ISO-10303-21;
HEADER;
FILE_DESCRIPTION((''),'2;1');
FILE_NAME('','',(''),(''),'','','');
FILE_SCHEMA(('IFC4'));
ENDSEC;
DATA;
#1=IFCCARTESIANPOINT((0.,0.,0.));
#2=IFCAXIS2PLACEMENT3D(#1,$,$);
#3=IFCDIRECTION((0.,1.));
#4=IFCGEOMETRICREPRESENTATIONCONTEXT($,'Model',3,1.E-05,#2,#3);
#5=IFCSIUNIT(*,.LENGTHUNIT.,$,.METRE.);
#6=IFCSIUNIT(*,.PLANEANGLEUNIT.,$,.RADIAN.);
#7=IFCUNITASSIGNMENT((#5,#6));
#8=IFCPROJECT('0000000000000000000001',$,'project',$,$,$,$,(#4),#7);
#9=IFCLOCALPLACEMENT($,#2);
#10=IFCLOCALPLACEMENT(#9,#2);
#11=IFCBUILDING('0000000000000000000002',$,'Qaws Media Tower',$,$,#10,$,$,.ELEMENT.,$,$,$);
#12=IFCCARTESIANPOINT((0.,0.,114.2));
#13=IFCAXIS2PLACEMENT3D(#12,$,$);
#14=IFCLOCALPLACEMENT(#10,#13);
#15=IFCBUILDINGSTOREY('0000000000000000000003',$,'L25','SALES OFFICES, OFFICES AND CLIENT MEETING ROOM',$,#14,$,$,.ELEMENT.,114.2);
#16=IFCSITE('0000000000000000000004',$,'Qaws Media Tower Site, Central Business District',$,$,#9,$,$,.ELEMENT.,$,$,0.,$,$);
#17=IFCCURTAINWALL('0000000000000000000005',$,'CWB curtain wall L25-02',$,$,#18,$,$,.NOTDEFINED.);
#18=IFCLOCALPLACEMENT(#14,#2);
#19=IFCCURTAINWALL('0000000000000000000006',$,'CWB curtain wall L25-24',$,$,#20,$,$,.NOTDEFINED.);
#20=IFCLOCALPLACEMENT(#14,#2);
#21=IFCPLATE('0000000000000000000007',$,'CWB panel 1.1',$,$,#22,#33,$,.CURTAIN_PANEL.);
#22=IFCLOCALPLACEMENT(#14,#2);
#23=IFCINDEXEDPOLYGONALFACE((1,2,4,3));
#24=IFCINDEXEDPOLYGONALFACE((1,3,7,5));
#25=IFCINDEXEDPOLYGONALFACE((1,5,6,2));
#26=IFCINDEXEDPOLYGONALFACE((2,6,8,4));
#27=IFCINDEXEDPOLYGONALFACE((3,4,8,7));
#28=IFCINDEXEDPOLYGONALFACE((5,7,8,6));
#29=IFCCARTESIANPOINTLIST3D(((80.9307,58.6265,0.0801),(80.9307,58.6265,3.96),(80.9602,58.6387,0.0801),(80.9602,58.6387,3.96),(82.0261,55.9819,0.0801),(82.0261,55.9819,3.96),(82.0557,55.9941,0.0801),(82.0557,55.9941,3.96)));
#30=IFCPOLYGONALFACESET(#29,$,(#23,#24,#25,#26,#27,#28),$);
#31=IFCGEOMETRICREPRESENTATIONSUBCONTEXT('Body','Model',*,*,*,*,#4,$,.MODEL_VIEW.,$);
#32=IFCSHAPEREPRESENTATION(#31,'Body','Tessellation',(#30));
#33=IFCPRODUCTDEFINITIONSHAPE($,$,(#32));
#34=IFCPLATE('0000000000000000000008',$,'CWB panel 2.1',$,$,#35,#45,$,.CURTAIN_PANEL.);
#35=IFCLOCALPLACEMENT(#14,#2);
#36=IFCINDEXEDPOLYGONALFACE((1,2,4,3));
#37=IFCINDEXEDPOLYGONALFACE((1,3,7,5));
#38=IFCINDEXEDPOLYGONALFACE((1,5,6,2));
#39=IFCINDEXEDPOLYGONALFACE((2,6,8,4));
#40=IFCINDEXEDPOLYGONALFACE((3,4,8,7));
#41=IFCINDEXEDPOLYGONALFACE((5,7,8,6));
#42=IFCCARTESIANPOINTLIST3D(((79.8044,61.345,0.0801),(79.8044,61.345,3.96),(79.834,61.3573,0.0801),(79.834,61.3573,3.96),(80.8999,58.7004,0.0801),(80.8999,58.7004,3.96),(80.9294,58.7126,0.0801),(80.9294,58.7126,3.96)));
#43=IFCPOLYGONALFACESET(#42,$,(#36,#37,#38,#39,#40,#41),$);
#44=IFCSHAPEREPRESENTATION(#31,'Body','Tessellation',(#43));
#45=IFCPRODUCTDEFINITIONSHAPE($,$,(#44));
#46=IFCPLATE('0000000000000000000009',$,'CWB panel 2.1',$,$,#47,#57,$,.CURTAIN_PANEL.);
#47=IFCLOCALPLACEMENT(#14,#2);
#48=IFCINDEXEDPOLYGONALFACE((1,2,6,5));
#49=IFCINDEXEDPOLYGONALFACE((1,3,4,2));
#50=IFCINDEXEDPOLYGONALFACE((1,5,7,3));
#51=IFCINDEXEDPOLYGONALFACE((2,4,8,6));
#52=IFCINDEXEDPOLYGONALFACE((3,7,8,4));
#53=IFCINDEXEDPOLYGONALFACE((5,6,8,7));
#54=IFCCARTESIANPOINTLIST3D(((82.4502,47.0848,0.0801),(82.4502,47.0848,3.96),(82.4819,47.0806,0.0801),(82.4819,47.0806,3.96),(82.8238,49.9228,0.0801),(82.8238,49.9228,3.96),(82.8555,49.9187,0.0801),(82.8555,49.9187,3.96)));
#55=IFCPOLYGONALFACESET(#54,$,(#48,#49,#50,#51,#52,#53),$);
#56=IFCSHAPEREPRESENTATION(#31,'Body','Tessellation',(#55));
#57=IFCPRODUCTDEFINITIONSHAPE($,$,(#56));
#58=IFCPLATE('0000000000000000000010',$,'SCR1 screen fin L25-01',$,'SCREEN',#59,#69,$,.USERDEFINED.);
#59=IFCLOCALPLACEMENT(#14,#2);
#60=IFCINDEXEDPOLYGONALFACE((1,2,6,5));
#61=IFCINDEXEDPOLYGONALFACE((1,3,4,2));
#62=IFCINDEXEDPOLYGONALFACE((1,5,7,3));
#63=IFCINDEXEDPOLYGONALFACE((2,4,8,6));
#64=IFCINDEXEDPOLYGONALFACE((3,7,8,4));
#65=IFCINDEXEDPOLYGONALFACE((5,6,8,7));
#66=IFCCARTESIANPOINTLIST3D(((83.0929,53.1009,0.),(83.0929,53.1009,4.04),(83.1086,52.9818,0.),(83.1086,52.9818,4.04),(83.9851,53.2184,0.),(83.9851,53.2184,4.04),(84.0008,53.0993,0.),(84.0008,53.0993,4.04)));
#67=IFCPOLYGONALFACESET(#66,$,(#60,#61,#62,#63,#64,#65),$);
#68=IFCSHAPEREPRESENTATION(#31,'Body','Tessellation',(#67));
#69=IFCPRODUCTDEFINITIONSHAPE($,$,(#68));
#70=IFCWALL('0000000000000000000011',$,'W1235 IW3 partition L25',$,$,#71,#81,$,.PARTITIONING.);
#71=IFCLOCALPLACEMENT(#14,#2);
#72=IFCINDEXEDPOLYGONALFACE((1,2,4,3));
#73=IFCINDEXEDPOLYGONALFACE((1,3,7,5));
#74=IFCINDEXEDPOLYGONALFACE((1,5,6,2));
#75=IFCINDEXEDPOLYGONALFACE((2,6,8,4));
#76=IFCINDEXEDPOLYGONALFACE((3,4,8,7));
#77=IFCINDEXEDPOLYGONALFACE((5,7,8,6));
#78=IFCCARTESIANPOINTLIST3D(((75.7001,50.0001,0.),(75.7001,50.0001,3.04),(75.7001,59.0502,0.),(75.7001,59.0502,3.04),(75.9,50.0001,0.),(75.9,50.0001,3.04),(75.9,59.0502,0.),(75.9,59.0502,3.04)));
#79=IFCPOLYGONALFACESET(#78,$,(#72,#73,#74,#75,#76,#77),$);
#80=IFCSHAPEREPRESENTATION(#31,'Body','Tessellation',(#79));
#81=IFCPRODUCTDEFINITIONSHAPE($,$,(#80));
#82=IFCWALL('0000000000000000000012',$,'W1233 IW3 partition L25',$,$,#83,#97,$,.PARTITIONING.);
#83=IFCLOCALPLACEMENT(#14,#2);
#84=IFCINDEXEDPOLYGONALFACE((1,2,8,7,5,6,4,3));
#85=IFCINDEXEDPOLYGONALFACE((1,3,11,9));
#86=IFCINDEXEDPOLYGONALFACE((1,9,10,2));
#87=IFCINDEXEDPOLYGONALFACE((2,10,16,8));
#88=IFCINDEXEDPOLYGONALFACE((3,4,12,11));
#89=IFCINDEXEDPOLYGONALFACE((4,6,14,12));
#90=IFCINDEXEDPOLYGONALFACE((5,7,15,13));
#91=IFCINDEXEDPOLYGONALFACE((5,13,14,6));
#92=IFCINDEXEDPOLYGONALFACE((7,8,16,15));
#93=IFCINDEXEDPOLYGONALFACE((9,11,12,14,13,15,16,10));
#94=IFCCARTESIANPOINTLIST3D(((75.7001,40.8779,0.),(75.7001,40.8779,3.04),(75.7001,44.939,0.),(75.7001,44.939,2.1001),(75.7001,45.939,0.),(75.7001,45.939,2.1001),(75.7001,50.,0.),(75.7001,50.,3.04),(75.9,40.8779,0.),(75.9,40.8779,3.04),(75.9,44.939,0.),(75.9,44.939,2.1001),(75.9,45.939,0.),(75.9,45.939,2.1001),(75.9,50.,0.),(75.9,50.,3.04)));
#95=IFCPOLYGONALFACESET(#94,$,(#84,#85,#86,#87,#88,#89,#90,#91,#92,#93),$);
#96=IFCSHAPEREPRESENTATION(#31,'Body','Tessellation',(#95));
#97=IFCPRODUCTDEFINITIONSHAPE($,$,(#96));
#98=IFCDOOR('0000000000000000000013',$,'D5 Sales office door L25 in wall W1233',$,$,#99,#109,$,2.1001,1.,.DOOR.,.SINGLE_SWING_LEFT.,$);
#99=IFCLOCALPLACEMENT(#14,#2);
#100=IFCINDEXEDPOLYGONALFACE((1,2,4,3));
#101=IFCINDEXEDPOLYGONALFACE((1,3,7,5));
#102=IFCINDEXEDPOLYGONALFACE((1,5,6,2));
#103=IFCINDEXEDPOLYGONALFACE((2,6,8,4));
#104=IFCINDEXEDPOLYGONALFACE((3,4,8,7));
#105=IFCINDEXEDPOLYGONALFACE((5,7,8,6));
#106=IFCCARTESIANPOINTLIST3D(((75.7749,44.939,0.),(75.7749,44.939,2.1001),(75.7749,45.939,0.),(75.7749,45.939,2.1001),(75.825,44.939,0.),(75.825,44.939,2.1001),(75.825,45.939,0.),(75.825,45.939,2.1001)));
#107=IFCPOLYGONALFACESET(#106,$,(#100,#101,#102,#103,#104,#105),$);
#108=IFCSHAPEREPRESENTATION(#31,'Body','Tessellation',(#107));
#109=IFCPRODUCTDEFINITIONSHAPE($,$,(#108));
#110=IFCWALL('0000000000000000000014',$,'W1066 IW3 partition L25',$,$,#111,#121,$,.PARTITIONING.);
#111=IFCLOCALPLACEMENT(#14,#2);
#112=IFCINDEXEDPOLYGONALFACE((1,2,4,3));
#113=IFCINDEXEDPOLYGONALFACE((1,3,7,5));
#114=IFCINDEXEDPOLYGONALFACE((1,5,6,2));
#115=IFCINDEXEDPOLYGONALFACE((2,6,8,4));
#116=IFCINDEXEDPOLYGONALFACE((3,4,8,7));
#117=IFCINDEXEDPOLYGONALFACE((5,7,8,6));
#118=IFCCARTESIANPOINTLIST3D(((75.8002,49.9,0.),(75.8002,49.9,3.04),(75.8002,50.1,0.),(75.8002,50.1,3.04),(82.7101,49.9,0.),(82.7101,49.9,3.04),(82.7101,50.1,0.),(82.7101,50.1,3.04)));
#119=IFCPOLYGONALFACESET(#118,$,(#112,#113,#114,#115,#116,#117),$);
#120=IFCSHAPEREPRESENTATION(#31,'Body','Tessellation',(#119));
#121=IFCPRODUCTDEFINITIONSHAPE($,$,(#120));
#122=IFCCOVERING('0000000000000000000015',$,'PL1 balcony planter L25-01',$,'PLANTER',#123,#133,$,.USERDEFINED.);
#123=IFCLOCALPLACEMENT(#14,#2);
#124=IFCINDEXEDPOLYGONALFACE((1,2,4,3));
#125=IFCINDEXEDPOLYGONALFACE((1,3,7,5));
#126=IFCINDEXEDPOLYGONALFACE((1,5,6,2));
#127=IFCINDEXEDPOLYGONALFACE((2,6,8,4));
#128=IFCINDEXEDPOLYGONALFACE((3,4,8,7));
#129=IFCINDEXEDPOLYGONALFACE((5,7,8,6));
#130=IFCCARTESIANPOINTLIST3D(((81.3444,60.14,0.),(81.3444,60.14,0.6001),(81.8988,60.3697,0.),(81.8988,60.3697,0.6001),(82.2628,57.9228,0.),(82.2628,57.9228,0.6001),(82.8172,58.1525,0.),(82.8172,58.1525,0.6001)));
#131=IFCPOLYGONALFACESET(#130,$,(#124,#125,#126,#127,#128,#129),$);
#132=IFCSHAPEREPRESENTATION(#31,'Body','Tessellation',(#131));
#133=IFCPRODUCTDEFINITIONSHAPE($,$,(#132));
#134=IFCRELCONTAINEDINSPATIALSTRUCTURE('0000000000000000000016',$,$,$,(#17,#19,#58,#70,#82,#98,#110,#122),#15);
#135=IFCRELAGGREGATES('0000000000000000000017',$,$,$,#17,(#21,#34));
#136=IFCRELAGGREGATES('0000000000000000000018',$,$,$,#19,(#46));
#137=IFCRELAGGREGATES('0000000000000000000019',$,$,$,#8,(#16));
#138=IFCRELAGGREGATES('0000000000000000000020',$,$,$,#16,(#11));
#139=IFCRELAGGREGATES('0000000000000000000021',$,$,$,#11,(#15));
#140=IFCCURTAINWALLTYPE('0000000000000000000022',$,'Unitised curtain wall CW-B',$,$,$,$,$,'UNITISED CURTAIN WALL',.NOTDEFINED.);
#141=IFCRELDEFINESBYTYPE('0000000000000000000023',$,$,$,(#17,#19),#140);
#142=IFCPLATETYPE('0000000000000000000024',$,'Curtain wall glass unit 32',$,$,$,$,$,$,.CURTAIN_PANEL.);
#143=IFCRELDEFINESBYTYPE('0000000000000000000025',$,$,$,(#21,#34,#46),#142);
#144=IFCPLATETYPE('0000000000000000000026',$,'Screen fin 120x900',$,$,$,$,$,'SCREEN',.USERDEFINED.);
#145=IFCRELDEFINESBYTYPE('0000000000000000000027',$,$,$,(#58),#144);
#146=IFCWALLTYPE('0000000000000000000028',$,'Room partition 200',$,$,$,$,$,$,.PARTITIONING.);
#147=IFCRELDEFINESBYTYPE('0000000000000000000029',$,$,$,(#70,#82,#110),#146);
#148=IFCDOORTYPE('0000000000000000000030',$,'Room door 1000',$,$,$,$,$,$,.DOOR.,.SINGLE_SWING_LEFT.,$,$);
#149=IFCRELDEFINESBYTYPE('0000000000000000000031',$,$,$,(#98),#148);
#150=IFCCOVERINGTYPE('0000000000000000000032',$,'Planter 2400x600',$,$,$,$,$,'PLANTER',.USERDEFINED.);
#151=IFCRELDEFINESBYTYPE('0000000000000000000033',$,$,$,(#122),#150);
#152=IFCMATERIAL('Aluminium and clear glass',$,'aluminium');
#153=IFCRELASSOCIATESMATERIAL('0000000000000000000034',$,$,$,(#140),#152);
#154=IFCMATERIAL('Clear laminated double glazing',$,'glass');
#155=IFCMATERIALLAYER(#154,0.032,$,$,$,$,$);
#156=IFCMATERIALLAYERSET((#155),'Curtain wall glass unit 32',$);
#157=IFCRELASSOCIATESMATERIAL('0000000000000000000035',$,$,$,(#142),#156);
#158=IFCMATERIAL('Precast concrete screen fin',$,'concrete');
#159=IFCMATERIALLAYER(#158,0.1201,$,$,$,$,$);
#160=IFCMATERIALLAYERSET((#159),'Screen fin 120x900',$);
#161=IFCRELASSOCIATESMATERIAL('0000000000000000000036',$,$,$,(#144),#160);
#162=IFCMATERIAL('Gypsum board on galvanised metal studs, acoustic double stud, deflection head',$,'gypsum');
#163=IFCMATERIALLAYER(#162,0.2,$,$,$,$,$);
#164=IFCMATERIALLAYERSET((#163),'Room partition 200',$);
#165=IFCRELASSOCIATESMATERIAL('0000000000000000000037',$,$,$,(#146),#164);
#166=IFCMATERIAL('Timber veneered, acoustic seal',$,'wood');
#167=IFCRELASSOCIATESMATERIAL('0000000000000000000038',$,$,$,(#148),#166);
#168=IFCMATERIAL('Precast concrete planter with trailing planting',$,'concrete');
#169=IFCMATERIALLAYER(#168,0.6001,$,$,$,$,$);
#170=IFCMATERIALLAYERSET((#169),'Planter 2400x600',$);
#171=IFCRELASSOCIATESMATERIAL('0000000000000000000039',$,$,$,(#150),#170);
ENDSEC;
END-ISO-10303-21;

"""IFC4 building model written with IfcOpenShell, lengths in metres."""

from ifc_helpers import new_model, si_unit, direction, frame, frame_2d, origin, origin_2d, place, context, subcontext, project, spatial, rectangle, extrude, material, layer, layer_set, type_object, element, fill, aggregate, save


model = new_model("IFC4")

# Units and contexts
model_context = context("Model", 3, precision=1e-05, world=origin(), true_north=direction((0.0, 1.0)))
body_context = subcontext(model_context, "Body", "Model", "MODEL_VIEW")
ifc_project = project(units=[si_unit("LENGTHUNIT", "METRE"), si_unit("PLANEANGLEUNIT", "RADIAN")], contexts=[model_context])

# Site, building, storey
site_placement = place(None, origin())
site = spatial("IfcSite", under=ifc_project, at=site_placement, Name="Qaws Media Tower Site, Central Business District", CompositionType="ELEMENT", RefElevation=0.0)
building_placement = place(site_placement, origin())
building = spatial("IfcBuilding", under=site, at=building_placement, Name="Qaws Media Tower", CompositionType="ELEMENT")
storey_placement = place(building_placement, frame((0.0, 0.0, 114.2)))
storey = spatial("IfcBuildingStorey", under=building, at=storey_placement, Name="L25", Description="SALES OFFICES, OFFICES AND CLIENT MEETING ROOM", CompositionType="ELEMENT", Elevation=114.2)

# Curtain wall
ifc_material_1 = material(Name="Aluminium and clear glass", Category="aluminium")
curtain_wall_type = type_object("IfcCurtainWallType", Name="Unitised curtain wall CW-B", ElementType="UNITISED CURTAIN WALL", PredefinedType="NOTDEFINED", material=ifc_material_1)
curtain_wall_1_placement = place(storey_placement, origin())
curtain_wall_1 = element("IfcCurtainWall", 1, at=curtain_wall_1_placement, inside=storey, type_object=curtain_wall_type, Name="CWB curtain wall L25-02", PredefinedType="NOTDEFINED")

# Curtain wall
curtain_wall_2_placement = place(storey_placement, origin())
curtain_wall_2 = element("IfcCurtainWall", 2, at=curtain_wall_2_placement, inside=storey, type_object=curtain_wall_type, Name="CWB curtain wall L25-24", PredefinedType="NOTDEFINED")

# Plates
ifc_material_2 = material(Name="Clear laminated double glazing", Category="glass")
ifc_layer_1 = layer(ifc_material_2, 0.032)
ifc_layer_set_1 = layer_set([ifc_layer_1], Name="Curtain wall glass unit 32")
plate_type_1 = type_object("IfcPlateType", Name="Curtain wall glass unit 32", PredefinedType="CURTAIN_PANEL", material=ifc_layer_set_1)
plate_1_placement = place(storey_placement, frame((81.4932, 57.3103, 0.0801), z_axis=(0.0, 0.0, 1.0), x_axis=(-0.382683, 0.92388, 0.0)))
plate_1 = element("IfcPlate", 3, at=plate_1_placement, type_object=plate_type_1, Name="CWB panel 1.1", PredefinedType="CURTAIN_PANEL", context=body_context, shape_type="SweptSolid", body=[
    extrude(rectangle(XDim=2.8625, YDim=0.032, at=origin_2d()), origin(), (0.0, 0.0, 1.0), 3.8799),
])
plate_2_placement = place(storey_placement, frame((80.3669, 60.0288, 0.0801), z_axis=(0.0, 0.0, 1.0), x_axis=(-0.382683, 0.92388, 0.0)))
plate_2 = element("IfcPlate", 4, at=plate_2_placement, type_object=plate_type_1, Name="CWB panel 2.1", PredefinedType="CURTAIN_PANEL", context=body_context, shape_type="SweptSolid", body=[
    extrude(rectangle(XDim=2.8625, YDim=0.032, at=origin_2d()), origin(), (0.0, 0.0, 1.0), 3.8799),
])
aggregate(curtain_wall_1, [plate_1, plate_2])
plate_3_placement = place(storey_placement, frame((82.6528, 48.5017, 0.0801), z_axis=(0.0, 0.0, 1.0), x_axis=(0.130526, 0.991445, 0.0)))
plate_3 = element("IfcPlate", 5, at=plate_3_placement, type_object=plate_type_1, Name="CWB panel 2.1", PredefinedType="CURTAIN_PANEL", context=body_context, shape_type="SweptSolid", body=[
    extrude(rectangle(XDim=2.8625, YDim=0.032, at=origin_2d()), origin(), (0.0, 0.0, 1.0), 3.8799),
])
aggregate(curtain_wall_2, [plate_3])
ifc_material_3 = material(Name="Precast concrete screen fin", Category="concrete")
ifc_layer_2 = layer(ifc_material_3, 0.1201)
ifc_layer_set_2 = layer_set([ifc_layer_2], Name="Screen fin 120x900")
plate_type_2 = type_object("IfcPlateType", Name="Screen fin 120x900", ElementType="SCREEN", PredefinedType="USERDEFINED", material=ifc_layer_set_2)
plate_4_placement = place(storey_placement, frame((83.5469, 53.1001, 0.0), z_axis=(0.0, 0.0, 1.0), x_axis=(0.991445, 0.130526, 0.0)))
element("IfcPlate", 6, at=plate_4_placement, inside=storey, type_object=plate_type_2, Name="SCR1 screen fin L25-01", ObjectType="SCREEN", PredefinedType="USERDEFINED", context=body_context, shape_type="SweptSolid", body=[
    extrude(rectangle(XDim=0.8999, YDim=0.1201, at=origin_2d()), origin(), (0.0, 0.0, 1.0), 4.04),
])

# Wall
ifc_material_4 = material(Name="Gypsum board on galvanised metal studs, acoustic double stud, deflection head", Category="gypsum")
ifc_layer_3 = layer(ifc_material_4, 0.2)
ifc_layer_set_3 = layer_set([ifc_layer_3], Name="Room partition 200")
wall_type_1 = type_object("IfcWallType", Name="Room partition 200", PredefinedType="PARTITIONING", material=ifc_layer_set_3)
wall_1_placement = place(storey_placement, frame((75.8, 59.05, 0.0), z_axis=(0.0, 0.0, 1.0), x_axis=(0.0, -1.0, 0.0)))
element("IfcWall", 7, at=wall_1_placement, inside=storey, type_object=wall_type_1, Name="W1235 IW3 partition L25", PredefinedType="PARTITIONING", context=body_context, shape_type="SweptSolid", body=[
    extrude(rectangle(XDim=9.05, YDim=0.2, at=frame_2d((4.5249, 0.0))), origin(), (0.0, 0.0, 1.0), 3.04),
])

# Wall, opening, door
wall_2_placement = place(storey_placement, frame((75.8, 50.0, 0.0), z_axis=(0.0, 0.0, 1.0), x_axis=(0.0, -1.0, 0.0)))
wall_2 = element("IfcWall", 8, at=wall_2_placement, inside=storey, type_object=wall_type_1, Name="W1233 IW3 partition L25", PredefinedType="PARTITIONING", context=body_context, shape_type="SweptSolid", body=[
    extrude(rectangle(XDim=9.1221, YDim=0.2, at=frame_2d((4.561, 0.0))), origin(), (0.0, 0.0, 1.0), 3.04),
])
opening_1_placement = place(wall_2_placement, frame((4.061, 0.0, 0.0)))
opening_1 = element("IfcOpeningElement", 9, at=opening_1_placement, cuts=wall_2, PredefinedType="OPENING", context=body_context, shape_type="SweptSolid", body=[
    extrude(rectangle(XDim=1.0, YDim=2.1001, at=frame_2d((0.5, 1.05))), frame((0.0, 0.1099, 0.0), z_axis=(0.0, -1.0, 0.0), x_axis=(1.0, 0.0, 0.0)), (0.0, 0.0, 1.0), 0.22),
])
ifc_material_5 = material(Name="Timber veneered, acoustic seal", Category="wood")
door_type_1 = type_object("IfcDoorType", Name="Room door 1000", OperationType="SINGLE_SWING_LEFT", PredefinedType="DOOR", material=ifc_material_5)
door_1_placement = place(opening_1_placement, origin())
door_1 = element("IfcDoor", 10, at=door_1_placement, inside=storey, type_object=door_type_1, Name="D5 Sales office door L25 in wall W1233", OperationType="SINGLE_SWING_LEFT", OverallHeight=2.1001, OverallWidth=1.0, PredefinedType="DOOR", context=body_context, shape_type="SweptSolid", body=[
    extrude(rectangle(XDim=1.0, YDim=2.1001, at=frame_2d((0.5, 1.05))), frame((0.0, 0.0249, 0.0), z_axis=(0.0, -1.0, 0.0), x_axis=(1.0, 0.0, 0.0)), (0.0, 0.0, 1.0), 0.05),
])
fill(opening_1, door_1)

# Wall
wall_3_placement = place(storey_placement, frame((75.8, 50.0, 0.0), z_axis=(0.0, 0.0, 1.0), x_axis=(1.0, 0.0, 0.0)))
element("IfcWall", 11, at=wall_3_placement, inside=storey, type_object=wall_type_1, Name="W1066 IW3 partition L25", PredefinedType="PARTITIONING", context=body_context, shape_type="SweptSolid", body=[
    extrude(rectangle(XDim=6.9099, YDim=0.2, at=frame_2d((3.4551, 0.0))), origin(), (0.0, 0.0, 1.0), 3.04),
])

# Covering
ifc_material_6 = material(Name="Precast concrete planter with trailing planting", Category="concrete")
ifc_layer_4 = layer(ifc_material_6, 0.6001)
ifc_layer_set_4 = layer_set([ifc_layer_4], Name="Planter 2400x600")
covering_type = type_object("IfcCoveringType", Name="Planter 2400x600", ElementType="PLANTER", PredefinedType="USERDEFINED", material=ifc_layer_set_4)
covering_placement = place(storey_placement, frame((82.0808, 59.1462, 0.0), z_axis=(0.0, 0.0, 1.0), x_axis=(-0.382683, 0.92388, 0.0)))
element("IfcCovering", 12, at=covering_placement, inside=storey, type_object=covering_type, Name="PL1 balcony planter L25-01", ObjectType="PLANTER", PredefinedType="USERDEFINED", context=body_context, shape_type="SweptSolid", body=[
    extrude(rectangle(XDim=2.3999, YDim=0.6001, at=origin_2d()), origin(), (0.0, 0.0, 1.0), 0.6001),
])

save(model, "model.ifc")
